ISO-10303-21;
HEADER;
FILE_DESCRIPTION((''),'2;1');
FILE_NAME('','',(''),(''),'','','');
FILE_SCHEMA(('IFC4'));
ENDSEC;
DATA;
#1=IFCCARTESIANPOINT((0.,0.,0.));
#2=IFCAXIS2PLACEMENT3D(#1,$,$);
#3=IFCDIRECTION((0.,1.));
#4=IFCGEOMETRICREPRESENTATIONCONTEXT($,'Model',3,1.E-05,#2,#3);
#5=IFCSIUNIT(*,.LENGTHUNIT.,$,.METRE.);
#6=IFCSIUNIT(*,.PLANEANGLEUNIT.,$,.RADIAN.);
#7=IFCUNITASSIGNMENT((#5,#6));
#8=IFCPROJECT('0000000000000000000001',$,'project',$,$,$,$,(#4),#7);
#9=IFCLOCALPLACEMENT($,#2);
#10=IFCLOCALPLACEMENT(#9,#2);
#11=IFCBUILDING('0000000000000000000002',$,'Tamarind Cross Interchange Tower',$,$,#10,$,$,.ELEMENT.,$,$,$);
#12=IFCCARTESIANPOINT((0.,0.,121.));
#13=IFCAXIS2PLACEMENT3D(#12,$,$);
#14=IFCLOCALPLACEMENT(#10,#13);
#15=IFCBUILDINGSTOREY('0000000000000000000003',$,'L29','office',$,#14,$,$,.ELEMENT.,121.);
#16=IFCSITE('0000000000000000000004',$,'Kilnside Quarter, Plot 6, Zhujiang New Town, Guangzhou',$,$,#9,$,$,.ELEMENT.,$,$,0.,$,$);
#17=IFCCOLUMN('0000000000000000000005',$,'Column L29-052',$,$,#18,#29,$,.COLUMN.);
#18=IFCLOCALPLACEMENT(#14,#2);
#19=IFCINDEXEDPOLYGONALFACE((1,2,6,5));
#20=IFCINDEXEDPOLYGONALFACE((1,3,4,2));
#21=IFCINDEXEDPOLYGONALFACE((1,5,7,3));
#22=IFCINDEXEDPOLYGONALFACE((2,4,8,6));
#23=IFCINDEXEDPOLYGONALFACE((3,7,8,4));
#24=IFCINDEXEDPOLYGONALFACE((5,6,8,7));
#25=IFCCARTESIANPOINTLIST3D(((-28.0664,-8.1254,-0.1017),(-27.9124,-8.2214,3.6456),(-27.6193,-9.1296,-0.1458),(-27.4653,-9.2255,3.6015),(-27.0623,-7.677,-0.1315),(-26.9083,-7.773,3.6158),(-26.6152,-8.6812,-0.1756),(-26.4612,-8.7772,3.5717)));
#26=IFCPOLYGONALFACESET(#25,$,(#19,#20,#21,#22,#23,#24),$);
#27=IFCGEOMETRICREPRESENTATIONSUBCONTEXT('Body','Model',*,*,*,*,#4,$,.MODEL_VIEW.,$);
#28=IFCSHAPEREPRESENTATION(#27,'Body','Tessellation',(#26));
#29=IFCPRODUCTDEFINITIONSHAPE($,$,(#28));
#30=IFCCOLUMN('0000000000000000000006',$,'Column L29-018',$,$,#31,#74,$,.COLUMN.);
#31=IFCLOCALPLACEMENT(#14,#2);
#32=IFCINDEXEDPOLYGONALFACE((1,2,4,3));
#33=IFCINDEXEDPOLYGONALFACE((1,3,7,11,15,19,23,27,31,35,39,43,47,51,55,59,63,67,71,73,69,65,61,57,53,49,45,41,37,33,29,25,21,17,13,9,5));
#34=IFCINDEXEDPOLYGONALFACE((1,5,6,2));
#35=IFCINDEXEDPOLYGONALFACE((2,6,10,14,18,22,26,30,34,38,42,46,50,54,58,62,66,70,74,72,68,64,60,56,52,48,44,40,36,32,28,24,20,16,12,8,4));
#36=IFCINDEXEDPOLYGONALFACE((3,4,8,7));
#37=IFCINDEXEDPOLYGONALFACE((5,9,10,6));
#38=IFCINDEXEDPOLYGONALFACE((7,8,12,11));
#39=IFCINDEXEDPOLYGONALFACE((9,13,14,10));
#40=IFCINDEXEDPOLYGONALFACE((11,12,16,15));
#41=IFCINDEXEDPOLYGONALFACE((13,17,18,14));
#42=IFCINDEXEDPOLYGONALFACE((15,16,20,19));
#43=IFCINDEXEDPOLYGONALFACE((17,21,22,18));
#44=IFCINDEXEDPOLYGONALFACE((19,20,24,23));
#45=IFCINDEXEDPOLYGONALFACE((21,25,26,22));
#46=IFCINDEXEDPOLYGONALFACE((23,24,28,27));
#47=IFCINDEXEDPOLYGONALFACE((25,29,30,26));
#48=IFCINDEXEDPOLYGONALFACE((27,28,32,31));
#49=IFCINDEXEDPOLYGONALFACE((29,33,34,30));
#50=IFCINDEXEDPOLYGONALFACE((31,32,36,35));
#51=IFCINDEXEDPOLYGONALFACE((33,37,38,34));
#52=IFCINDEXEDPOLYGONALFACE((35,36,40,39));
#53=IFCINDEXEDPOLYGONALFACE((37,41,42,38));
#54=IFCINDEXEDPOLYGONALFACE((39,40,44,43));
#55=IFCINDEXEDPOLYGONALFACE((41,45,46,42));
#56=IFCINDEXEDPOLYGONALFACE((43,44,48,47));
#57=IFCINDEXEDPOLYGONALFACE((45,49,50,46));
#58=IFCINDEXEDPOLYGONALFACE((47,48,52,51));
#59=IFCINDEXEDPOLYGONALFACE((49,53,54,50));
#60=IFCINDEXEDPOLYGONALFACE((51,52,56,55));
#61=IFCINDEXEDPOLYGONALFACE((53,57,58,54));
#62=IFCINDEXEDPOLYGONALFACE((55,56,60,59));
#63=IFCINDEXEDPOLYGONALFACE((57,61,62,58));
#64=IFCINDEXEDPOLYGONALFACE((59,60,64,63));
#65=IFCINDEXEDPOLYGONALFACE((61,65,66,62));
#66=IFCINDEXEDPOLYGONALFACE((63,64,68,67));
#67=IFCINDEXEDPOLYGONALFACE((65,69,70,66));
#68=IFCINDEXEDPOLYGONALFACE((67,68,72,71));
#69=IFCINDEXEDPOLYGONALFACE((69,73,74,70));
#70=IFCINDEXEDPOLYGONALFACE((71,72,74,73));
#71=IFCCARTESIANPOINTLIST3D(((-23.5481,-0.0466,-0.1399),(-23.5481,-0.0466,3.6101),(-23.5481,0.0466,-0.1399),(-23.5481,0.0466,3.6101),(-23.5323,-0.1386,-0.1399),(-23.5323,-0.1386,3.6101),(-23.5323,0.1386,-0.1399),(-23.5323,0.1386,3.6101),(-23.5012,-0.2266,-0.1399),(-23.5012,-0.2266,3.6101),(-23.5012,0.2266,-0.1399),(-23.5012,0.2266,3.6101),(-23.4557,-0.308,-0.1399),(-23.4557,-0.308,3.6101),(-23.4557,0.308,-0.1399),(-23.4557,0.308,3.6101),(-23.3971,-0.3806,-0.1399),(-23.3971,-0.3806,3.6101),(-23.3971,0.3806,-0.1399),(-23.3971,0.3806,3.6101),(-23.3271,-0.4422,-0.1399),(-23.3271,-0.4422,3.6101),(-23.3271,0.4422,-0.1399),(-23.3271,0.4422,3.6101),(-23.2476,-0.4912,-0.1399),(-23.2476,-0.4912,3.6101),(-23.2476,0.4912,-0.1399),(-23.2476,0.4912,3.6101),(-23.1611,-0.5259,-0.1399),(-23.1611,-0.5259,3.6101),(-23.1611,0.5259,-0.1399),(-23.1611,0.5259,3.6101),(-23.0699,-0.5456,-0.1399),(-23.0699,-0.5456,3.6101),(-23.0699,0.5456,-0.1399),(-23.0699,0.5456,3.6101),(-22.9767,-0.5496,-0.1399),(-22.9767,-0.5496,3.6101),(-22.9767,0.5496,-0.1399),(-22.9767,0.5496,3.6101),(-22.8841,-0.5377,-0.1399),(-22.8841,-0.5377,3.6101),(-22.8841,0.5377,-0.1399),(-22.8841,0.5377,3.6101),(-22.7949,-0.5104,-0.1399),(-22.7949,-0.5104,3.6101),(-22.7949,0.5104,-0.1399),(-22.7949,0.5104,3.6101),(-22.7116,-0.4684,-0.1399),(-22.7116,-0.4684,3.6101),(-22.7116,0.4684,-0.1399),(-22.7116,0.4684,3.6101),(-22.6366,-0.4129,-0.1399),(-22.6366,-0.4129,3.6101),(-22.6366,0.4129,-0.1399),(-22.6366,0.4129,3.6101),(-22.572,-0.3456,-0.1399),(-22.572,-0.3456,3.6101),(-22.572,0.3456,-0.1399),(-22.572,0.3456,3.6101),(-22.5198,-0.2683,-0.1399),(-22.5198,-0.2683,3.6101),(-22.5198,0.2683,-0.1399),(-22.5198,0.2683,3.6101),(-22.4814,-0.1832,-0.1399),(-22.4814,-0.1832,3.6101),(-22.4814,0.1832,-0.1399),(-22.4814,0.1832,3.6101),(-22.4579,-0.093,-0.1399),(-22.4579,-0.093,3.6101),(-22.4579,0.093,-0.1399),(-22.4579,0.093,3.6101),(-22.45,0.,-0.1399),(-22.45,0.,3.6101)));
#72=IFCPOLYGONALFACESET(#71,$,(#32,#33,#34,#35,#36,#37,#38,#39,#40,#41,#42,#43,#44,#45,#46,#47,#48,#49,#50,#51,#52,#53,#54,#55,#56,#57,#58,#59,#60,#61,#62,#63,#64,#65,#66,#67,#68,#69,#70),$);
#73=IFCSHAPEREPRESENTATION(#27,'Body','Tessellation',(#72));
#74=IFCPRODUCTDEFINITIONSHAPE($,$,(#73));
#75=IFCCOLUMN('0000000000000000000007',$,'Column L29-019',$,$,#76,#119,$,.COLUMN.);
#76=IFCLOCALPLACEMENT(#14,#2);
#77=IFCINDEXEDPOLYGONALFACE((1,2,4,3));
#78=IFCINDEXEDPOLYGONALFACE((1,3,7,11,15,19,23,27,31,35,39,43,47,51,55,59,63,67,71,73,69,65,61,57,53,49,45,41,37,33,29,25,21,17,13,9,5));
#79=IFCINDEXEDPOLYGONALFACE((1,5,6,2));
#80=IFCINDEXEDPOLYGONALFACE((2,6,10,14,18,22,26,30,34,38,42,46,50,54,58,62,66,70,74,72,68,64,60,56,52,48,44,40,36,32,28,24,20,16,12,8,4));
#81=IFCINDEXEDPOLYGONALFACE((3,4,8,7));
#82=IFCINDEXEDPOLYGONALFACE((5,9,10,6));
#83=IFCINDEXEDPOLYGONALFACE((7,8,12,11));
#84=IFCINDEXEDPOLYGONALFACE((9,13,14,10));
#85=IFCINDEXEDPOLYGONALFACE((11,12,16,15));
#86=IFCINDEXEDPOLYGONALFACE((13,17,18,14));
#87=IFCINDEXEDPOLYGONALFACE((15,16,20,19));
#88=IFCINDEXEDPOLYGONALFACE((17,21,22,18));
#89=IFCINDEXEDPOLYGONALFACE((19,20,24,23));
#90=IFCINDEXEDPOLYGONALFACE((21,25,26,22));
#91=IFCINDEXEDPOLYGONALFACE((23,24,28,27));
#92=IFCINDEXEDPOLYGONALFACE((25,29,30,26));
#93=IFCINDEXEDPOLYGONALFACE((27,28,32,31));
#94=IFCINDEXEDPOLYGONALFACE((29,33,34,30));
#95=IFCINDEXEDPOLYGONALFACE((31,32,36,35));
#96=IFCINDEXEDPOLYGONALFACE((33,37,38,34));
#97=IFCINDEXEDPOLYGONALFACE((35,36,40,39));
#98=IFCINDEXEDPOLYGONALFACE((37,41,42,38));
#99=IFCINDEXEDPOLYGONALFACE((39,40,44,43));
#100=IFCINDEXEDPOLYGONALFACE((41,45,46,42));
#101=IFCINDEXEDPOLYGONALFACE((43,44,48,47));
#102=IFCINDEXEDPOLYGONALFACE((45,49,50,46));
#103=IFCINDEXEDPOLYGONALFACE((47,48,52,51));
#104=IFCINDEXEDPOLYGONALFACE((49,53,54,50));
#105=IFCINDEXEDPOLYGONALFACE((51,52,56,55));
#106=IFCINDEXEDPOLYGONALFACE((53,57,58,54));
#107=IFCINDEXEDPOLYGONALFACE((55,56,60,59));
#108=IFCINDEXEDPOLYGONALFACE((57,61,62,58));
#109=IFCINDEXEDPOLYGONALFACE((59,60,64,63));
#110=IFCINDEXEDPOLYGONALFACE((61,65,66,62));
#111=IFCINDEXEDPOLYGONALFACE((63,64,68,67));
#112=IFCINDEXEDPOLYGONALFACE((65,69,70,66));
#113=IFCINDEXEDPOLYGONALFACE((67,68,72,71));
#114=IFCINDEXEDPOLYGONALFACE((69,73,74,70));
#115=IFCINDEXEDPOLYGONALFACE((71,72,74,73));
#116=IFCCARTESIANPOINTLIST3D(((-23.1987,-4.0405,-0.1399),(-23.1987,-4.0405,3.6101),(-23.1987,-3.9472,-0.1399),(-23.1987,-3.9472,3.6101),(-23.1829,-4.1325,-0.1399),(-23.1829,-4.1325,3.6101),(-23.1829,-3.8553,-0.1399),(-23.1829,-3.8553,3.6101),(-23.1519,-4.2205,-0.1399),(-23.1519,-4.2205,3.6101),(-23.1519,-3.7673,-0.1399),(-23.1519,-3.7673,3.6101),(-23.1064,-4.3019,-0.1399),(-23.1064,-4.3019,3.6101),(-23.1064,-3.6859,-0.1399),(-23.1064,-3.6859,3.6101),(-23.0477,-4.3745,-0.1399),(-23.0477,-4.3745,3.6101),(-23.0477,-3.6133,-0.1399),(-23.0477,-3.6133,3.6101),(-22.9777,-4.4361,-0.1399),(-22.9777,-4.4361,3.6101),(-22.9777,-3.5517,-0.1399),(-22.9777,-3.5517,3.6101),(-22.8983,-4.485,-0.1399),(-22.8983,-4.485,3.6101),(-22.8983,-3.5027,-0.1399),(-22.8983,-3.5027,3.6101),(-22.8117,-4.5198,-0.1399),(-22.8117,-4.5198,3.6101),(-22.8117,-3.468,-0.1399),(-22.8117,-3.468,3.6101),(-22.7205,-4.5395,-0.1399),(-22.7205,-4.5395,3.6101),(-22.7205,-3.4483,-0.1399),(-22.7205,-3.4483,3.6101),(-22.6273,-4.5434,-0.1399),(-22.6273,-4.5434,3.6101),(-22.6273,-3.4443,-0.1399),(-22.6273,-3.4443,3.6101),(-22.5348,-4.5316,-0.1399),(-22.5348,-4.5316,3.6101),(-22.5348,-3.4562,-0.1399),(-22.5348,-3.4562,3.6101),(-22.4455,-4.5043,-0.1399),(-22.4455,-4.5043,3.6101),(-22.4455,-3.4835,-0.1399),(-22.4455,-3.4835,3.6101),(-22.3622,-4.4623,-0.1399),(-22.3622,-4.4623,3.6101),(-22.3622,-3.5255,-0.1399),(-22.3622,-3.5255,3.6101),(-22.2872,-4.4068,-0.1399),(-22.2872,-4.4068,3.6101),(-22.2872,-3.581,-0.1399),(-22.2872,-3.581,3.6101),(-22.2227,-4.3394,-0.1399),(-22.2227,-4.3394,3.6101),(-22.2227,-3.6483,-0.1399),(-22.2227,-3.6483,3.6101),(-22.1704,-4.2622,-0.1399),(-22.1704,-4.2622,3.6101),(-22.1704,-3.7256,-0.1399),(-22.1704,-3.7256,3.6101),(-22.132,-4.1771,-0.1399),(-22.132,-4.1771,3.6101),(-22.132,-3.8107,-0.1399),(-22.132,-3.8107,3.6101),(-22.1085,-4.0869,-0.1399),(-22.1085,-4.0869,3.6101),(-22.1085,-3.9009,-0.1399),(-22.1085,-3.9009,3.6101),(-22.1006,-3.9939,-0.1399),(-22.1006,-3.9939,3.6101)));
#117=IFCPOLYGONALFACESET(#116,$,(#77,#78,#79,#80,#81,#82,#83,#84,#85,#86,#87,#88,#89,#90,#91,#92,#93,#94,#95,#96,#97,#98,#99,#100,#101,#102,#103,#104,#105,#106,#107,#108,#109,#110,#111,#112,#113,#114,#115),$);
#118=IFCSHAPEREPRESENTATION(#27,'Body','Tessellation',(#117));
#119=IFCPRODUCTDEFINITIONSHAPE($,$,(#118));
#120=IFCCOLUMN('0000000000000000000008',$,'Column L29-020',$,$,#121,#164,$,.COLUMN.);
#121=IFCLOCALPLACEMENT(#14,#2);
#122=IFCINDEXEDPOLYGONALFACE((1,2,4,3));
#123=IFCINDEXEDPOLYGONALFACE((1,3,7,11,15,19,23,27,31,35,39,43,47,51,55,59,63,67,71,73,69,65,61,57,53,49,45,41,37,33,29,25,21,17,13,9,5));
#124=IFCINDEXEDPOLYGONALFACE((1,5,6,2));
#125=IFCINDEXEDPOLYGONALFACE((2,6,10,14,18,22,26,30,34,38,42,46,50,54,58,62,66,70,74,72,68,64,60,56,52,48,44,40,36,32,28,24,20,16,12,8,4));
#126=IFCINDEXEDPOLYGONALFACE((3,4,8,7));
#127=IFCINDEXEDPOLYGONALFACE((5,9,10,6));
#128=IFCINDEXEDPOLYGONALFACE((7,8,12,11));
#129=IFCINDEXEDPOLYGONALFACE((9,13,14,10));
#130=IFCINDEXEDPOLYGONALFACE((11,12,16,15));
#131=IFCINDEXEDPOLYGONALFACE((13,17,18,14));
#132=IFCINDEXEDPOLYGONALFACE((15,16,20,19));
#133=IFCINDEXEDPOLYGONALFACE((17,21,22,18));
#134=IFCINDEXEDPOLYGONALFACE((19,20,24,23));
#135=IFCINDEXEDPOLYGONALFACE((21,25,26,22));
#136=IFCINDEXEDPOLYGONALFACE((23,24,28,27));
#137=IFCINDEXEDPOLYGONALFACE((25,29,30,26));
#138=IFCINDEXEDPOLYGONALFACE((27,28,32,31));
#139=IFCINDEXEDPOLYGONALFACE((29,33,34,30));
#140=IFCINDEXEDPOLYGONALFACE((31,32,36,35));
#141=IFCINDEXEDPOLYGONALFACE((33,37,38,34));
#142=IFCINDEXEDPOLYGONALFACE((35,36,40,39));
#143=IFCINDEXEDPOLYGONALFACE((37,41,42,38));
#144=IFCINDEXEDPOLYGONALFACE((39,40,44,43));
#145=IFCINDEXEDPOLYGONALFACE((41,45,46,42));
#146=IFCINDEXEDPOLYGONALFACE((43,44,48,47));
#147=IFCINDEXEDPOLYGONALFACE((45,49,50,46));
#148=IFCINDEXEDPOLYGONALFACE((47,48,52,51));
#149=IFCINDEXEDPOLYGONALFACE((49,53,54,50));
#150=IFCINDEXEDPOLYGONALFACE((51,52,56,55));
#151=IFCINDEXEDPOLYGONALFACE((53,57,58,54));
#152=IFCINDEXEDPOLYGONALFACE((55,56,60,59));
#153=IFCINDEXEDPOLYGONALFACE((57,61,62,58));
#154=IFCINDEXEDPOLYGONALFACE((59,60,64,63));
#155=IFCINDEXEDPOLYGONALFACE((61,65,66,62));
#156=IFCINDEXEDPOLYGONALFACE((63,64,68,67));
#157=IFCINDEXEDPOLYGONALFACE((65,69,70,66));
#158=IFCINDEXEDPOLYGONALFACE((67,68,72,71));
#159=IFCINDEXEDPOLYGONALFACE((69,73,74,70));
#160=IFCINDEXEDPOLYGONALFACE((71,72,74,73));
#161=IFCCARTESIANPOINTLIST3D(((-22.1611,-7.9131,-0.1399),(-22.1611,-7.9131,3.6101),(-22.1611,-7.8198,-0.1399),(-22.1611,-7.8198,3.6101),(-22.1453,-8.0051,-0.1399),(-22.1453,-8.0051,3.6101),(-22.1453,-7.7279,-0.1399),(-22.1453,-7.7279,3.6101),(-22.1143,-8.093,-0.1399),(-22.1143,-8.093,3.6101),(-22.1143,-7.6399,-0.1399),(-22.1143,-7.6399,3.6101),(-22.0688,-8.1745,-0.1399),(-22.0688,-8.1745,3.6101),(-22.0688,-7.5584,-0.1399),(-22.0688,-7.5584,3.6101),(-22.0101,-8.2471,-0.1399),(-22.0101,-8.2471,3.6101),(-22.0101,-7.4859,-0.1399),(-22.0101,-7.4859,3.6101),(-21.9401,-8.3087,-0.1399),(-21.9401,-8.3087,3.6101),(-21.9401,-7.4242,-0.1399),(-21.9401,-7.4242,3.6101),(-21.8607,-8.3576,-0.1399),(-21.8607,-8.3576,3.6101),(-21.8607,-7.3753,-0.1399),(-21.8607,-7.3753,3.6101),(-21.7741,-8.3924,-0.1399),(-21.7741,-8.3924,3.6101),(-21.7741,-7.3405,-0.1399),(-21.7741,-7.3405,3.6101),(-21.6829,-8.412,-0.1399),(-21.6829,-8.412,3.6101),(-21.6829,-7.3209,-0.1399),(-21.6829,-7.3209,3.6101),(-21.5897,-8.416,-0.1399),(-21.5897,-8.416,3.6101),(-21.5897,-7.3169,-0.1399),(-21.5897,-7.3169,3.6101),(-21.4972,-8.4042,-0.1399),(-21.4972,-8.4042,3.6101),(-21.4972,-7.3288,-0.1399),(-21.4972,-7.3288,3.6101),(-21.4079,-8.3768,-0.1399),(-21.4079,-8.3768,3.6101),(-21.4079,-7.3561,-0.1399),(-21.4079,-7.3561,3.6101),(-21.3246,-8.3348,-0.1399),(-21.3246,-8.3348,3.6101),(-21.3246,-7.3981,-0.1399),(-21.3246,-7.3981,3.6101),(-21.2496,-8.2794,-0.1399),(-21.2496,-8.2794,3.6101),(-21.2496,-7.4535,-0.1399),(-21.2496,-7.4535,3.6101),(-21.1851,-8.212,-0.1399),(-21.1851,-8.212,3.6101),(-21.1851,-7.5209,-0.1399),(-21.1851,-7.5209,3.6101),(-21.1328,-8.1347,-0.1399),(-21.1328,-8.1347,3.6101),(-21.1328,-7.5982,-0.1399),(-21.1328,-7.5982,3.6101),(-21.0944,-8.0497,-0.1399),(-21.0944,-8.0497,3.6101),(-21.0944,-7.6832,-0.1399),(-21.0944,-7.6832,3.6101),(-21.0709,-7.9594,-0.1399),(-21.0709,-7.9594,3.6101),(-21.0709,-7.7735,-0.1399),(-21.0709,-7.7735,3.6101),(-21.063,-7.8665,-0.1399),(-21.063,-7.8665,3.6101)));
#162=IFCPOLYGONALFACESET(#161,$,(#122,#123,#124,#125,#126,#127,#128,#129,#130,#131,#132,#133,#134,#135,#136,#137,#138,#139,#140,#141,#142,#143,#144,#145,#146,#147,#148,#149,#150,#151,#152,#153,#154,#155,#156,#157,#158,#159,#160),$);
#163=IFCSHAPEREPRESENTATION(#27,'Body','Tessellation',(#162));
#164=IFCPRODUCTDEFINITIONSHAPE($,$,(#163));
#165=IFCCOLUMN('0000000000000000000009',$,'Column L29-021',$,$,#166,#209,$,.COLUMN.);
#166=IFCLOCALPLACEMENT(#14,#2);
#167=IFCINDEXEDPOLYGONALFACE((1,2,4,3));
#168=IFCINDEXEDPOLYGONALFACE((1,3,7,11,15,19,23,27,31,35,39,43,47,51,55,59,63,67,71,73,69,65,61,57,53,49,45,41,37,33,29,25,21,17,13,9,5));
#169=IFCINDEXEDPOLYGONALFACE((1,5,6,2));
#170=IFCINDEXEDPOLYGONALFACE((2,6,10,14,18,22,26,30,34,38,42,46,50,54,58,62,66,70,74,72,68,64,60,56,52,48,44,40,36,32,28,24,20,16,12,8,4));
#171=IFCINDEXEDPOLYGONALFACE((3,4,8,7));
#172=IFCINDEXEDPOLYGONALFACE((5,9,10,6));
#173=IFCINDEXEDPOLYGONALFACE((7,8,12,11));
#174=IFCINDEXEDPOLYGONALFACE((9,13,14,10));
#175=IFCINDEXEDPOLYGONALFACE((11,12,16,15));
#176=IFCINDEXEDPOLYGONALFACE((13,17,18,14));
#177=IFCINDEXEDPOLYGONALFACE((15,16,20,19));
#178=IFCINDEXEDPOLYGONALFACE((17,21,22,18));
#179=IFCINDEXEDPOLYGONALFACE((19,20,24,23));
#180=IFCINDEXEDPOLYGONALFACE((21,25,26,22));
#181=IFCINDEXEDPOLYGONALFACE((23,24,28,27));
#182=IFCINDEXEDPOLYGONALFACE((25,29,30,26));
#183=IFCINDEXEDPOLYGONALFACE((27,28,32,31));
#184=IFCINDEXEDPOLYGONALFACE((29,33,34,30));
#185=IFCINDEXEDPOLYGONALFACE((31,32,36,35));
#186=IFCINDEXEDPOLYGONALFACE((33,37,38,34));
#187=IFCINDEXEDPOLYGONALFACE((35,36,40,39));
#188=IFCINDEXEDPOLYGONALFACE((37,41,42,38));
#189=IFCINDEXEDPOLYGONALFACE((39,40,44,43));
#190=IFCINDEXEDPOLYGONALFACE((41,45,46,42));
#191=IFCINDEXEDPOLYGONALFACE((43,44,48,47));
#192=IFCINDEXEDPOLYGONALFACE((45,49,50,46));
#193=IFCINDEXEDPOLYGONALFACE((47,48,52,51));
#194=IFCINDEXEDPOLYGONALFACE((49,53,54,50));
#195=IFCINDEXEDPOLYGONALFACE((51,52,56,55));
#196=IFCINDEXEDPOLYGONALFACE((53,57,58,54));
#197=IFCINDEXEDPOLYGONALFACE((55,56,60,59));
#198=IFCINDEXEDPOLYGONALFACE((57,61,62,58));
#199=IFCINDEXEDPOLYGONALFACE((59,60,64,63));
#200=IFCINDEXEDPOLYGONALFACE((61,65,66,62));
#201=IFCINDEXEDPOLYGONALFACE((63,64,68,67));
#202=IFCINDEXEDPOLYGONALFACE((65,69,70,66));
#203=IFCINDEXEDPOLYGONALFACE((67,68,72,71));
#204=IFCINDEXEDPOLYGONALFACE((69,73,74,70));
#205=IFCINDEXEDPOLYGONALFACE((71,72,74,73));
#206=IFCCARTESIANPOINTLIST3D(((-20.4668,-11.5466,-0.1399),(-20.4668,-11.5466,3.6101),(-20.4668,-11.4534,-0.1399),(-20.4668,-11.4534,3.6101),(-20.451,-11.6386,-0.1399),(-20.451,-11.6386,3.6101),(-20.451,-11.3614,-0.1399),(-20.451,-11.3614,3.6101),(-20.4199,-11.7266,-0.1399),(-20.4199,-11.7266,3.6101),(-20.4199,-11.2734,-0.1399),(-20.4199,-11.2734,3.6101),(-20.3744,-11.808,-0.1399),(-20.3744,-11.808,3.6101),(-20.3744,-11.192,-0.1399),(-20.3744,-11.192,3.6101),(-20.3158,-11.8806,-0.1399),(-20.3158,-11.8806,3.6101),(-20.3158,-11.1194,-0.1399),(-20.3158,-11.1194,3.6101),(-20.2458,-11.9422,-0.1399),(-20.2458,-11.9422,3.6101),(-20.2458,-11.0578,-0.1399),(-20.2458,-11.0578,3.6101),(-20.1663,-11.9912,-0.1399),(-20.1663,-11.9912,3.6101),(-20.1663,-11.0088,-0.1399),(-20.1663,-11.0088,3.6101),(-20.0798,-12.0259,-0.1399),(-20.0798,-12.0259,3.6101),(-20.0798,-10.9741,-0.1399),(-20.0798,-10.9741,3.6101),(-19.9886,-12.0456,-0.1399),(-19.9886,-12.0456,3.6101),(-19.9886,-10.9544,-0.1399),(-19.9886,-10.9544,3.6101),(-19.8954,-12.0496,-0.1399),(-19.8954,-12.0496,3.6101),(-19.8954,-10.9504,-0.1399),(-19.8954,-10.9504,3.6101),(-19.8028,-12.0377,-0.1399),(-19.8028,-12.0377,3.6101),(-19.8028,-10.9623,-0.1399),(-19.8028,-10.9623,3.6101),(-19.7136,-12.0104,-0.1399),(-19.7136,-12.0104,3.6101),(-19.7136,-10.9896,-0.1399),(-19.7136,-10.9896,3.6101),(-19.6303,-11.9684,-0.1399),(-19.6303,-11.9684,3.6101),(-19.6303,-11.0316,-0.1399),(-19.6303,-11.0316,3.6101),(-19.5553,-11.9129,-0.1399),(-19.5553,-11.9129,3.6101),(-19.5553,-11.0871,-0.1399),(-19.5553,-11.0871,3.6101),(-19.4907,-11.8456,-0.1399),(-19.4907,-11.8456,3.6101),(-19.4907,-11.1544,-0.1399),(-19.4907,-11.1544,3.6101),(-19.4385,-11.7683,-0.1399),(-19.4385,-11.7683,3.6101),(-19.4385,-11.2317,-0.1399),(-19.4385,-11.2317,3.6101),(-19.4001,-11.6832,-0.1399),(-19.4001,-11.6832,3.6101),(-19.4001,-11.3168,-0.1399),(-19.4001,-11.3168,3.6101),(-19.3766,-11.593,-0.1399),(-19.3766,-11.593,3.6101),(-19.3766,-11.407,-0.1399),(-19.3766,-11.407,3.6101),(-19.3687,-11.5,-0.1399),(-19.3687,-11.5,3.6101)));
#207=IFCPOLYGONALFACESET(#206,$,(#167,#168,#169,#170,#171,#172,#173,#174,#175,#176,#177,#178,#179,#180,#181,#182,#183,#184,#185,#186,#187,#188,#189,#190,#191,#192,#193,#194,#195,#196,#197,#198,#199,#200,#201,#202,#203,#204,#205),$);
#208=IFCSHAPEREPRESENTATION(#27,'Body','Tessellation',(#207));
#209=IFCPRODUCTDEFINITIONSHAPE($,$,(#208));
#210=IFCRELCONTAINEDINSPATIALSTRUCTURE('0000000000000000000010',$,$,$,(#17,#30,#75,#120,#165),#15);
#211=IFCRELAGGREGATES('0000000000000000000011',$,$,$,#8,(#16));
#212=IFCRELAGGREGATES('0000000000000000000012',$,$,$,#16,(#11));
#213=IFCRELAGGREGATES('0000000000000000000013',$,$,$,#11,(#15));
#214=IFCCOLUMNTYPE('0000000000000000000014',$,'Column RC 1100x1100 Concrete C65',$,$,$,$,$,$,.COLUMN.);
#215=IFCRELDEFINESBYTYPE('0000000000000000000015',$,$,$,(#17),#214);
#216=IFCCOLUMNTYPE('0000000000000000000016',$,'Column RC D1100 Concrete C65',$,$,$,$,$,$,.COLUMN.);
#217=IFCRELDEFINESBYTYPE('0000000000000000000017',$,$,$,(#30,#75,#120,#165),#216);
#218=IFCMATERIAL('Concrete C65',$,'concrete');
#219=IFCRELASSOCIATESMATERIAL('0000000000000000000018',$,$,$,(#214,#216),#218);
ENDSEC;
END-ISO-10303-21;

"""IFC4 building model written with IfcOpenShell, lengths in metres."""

from ifc_helpers import new_model, si_unit, direction, frame, origin, origin_2d, place, context, subcontext, project, spatial, rectangle, circle, extrude, material, material_profile, profile_set, type_object, element, save


model = new_model("IFC4")

# Units and contexts
model_context = context("Model", 3, precision=1e-05, world=origin(), true_north=direction((0.0, 1.0)))
body_context = subcontext(model_context, "Body", "Model", "MODEL_VIEW")
ifc_project = project(units=[si_unit("LENGTHUNIT", "METRE"), si_unit("PLANEANGLEUNIT", "RADIAN")], contexts=[model_context])

# Site, building, storey
site_placement = place(None, origin())
site = spatial("IfcSite", under=ifc_project, at=site_placement, Name="Kilnside Quarter, Plot 6, Zhujiang New Town, Guangzhou", CompositionType="ELEMENT", RefElevation=0.0)
building_placement = place(site_placement, origin())
building = spatial("IfcBuilding", under=site, at=building_placement, Name="Tamarind Cross Interchange Tower", CompositionType="ELEMENT")
storey_placement = place(building_placement, frame((0.0, 0.0, 121.0)))
storey = spatial("IfcBuildingStorey", under=building, at=storey_placement, Name="L29", Description="office", CompositionType="ELEMENT", Elevation=121.0)

# Columns
ifc_material_1 = material(Name="Concrete C65", Category="concrete")
ifc_material_profile_1 = material_profile(ifc_material_1, rectangle(XDim=1.1001, YDim=1.1001, at=origin_2d()), Name="RC 1100x1100")
ifc_profile_set_1 = profile_set([ifc_material_profile_1], Name="Concrete C65")
column_type_1 = type_object("IfcColumnType", Name="Column RC 1100x1100 Concrete C65", PredefinedType="COLUMN", material=ifc_profile_set_1)
column_placement = place(storey_placement, frame((-27.3408, -8.4033, -0.1387), z_axis=(0.041062, -0.025574, 0.998829), x_axis=(-0.406417, 0.912808, 0.04008)))
element("IfcColumn", 1, at=column_placement, inside=storey, type_object=column_type_1, Name="Column L29-052", PredefinedType="COLUMN", context=body_context, shape_type="SweptSolid", body=[
    extrude(rectangle(XDim=1.1001, YDim=1.1001, at=origin_2d()), origin(), (0.0, 0.0, 1.0), 3.7517),
])
ifc_material_profile_2 = material_profile(ifc_material_1, circle(Radius=0.55, at=origin_2d()), Name="RC D1100")
ifc_profile_set_2 = profile_set([ifc_material_profile_2], Name="Concrete C65")
column_type_2 = type_object("IfcColumnType", Name="Column RC D1100 Concrete C65", PredefinedType="COLUMN", material=ifc_profile_set_2)
for number, where, z_axis, x_axis, name in (
    (2, (-23.0, 0.0, -0.1399), (0.0, 0.0, 1.0), (1.0, 0.0, 0.0), "Column L29-018"),
    (3, (-22.6506, -3.9939, -0.1399), (0.0, 0.0, 1.0), (1.0, 0.0, 0.0), "Column L29-019"),
    (4, (-21.613, -7.8665, -0.1399), (0.0, 0.0, 1.0), (1.0, 0.0, 0.0), "Column L29-020"),
    (5, (-19.9187, -11.5, -0.1399), (0.0, 0.0, 1.0), (1.0, 0.0, 0.0), "Column L29-021"),
):
    element("IfcColumn", number, at=place(storey_placement, frame(where, z_axis=z_axis, x_axis=x_axis)), inside=storey, type_object=column_type_2, Name=name, PredefinedType="COLUMN", context=body_context, shape_type="SweptSolid", body=[
        extrude(circle(Radius=0.55, at=origin_2d()), origin(), (0.0, 0.0, 1.0), 3.75),
    ])

save(model, "model.ifc")
